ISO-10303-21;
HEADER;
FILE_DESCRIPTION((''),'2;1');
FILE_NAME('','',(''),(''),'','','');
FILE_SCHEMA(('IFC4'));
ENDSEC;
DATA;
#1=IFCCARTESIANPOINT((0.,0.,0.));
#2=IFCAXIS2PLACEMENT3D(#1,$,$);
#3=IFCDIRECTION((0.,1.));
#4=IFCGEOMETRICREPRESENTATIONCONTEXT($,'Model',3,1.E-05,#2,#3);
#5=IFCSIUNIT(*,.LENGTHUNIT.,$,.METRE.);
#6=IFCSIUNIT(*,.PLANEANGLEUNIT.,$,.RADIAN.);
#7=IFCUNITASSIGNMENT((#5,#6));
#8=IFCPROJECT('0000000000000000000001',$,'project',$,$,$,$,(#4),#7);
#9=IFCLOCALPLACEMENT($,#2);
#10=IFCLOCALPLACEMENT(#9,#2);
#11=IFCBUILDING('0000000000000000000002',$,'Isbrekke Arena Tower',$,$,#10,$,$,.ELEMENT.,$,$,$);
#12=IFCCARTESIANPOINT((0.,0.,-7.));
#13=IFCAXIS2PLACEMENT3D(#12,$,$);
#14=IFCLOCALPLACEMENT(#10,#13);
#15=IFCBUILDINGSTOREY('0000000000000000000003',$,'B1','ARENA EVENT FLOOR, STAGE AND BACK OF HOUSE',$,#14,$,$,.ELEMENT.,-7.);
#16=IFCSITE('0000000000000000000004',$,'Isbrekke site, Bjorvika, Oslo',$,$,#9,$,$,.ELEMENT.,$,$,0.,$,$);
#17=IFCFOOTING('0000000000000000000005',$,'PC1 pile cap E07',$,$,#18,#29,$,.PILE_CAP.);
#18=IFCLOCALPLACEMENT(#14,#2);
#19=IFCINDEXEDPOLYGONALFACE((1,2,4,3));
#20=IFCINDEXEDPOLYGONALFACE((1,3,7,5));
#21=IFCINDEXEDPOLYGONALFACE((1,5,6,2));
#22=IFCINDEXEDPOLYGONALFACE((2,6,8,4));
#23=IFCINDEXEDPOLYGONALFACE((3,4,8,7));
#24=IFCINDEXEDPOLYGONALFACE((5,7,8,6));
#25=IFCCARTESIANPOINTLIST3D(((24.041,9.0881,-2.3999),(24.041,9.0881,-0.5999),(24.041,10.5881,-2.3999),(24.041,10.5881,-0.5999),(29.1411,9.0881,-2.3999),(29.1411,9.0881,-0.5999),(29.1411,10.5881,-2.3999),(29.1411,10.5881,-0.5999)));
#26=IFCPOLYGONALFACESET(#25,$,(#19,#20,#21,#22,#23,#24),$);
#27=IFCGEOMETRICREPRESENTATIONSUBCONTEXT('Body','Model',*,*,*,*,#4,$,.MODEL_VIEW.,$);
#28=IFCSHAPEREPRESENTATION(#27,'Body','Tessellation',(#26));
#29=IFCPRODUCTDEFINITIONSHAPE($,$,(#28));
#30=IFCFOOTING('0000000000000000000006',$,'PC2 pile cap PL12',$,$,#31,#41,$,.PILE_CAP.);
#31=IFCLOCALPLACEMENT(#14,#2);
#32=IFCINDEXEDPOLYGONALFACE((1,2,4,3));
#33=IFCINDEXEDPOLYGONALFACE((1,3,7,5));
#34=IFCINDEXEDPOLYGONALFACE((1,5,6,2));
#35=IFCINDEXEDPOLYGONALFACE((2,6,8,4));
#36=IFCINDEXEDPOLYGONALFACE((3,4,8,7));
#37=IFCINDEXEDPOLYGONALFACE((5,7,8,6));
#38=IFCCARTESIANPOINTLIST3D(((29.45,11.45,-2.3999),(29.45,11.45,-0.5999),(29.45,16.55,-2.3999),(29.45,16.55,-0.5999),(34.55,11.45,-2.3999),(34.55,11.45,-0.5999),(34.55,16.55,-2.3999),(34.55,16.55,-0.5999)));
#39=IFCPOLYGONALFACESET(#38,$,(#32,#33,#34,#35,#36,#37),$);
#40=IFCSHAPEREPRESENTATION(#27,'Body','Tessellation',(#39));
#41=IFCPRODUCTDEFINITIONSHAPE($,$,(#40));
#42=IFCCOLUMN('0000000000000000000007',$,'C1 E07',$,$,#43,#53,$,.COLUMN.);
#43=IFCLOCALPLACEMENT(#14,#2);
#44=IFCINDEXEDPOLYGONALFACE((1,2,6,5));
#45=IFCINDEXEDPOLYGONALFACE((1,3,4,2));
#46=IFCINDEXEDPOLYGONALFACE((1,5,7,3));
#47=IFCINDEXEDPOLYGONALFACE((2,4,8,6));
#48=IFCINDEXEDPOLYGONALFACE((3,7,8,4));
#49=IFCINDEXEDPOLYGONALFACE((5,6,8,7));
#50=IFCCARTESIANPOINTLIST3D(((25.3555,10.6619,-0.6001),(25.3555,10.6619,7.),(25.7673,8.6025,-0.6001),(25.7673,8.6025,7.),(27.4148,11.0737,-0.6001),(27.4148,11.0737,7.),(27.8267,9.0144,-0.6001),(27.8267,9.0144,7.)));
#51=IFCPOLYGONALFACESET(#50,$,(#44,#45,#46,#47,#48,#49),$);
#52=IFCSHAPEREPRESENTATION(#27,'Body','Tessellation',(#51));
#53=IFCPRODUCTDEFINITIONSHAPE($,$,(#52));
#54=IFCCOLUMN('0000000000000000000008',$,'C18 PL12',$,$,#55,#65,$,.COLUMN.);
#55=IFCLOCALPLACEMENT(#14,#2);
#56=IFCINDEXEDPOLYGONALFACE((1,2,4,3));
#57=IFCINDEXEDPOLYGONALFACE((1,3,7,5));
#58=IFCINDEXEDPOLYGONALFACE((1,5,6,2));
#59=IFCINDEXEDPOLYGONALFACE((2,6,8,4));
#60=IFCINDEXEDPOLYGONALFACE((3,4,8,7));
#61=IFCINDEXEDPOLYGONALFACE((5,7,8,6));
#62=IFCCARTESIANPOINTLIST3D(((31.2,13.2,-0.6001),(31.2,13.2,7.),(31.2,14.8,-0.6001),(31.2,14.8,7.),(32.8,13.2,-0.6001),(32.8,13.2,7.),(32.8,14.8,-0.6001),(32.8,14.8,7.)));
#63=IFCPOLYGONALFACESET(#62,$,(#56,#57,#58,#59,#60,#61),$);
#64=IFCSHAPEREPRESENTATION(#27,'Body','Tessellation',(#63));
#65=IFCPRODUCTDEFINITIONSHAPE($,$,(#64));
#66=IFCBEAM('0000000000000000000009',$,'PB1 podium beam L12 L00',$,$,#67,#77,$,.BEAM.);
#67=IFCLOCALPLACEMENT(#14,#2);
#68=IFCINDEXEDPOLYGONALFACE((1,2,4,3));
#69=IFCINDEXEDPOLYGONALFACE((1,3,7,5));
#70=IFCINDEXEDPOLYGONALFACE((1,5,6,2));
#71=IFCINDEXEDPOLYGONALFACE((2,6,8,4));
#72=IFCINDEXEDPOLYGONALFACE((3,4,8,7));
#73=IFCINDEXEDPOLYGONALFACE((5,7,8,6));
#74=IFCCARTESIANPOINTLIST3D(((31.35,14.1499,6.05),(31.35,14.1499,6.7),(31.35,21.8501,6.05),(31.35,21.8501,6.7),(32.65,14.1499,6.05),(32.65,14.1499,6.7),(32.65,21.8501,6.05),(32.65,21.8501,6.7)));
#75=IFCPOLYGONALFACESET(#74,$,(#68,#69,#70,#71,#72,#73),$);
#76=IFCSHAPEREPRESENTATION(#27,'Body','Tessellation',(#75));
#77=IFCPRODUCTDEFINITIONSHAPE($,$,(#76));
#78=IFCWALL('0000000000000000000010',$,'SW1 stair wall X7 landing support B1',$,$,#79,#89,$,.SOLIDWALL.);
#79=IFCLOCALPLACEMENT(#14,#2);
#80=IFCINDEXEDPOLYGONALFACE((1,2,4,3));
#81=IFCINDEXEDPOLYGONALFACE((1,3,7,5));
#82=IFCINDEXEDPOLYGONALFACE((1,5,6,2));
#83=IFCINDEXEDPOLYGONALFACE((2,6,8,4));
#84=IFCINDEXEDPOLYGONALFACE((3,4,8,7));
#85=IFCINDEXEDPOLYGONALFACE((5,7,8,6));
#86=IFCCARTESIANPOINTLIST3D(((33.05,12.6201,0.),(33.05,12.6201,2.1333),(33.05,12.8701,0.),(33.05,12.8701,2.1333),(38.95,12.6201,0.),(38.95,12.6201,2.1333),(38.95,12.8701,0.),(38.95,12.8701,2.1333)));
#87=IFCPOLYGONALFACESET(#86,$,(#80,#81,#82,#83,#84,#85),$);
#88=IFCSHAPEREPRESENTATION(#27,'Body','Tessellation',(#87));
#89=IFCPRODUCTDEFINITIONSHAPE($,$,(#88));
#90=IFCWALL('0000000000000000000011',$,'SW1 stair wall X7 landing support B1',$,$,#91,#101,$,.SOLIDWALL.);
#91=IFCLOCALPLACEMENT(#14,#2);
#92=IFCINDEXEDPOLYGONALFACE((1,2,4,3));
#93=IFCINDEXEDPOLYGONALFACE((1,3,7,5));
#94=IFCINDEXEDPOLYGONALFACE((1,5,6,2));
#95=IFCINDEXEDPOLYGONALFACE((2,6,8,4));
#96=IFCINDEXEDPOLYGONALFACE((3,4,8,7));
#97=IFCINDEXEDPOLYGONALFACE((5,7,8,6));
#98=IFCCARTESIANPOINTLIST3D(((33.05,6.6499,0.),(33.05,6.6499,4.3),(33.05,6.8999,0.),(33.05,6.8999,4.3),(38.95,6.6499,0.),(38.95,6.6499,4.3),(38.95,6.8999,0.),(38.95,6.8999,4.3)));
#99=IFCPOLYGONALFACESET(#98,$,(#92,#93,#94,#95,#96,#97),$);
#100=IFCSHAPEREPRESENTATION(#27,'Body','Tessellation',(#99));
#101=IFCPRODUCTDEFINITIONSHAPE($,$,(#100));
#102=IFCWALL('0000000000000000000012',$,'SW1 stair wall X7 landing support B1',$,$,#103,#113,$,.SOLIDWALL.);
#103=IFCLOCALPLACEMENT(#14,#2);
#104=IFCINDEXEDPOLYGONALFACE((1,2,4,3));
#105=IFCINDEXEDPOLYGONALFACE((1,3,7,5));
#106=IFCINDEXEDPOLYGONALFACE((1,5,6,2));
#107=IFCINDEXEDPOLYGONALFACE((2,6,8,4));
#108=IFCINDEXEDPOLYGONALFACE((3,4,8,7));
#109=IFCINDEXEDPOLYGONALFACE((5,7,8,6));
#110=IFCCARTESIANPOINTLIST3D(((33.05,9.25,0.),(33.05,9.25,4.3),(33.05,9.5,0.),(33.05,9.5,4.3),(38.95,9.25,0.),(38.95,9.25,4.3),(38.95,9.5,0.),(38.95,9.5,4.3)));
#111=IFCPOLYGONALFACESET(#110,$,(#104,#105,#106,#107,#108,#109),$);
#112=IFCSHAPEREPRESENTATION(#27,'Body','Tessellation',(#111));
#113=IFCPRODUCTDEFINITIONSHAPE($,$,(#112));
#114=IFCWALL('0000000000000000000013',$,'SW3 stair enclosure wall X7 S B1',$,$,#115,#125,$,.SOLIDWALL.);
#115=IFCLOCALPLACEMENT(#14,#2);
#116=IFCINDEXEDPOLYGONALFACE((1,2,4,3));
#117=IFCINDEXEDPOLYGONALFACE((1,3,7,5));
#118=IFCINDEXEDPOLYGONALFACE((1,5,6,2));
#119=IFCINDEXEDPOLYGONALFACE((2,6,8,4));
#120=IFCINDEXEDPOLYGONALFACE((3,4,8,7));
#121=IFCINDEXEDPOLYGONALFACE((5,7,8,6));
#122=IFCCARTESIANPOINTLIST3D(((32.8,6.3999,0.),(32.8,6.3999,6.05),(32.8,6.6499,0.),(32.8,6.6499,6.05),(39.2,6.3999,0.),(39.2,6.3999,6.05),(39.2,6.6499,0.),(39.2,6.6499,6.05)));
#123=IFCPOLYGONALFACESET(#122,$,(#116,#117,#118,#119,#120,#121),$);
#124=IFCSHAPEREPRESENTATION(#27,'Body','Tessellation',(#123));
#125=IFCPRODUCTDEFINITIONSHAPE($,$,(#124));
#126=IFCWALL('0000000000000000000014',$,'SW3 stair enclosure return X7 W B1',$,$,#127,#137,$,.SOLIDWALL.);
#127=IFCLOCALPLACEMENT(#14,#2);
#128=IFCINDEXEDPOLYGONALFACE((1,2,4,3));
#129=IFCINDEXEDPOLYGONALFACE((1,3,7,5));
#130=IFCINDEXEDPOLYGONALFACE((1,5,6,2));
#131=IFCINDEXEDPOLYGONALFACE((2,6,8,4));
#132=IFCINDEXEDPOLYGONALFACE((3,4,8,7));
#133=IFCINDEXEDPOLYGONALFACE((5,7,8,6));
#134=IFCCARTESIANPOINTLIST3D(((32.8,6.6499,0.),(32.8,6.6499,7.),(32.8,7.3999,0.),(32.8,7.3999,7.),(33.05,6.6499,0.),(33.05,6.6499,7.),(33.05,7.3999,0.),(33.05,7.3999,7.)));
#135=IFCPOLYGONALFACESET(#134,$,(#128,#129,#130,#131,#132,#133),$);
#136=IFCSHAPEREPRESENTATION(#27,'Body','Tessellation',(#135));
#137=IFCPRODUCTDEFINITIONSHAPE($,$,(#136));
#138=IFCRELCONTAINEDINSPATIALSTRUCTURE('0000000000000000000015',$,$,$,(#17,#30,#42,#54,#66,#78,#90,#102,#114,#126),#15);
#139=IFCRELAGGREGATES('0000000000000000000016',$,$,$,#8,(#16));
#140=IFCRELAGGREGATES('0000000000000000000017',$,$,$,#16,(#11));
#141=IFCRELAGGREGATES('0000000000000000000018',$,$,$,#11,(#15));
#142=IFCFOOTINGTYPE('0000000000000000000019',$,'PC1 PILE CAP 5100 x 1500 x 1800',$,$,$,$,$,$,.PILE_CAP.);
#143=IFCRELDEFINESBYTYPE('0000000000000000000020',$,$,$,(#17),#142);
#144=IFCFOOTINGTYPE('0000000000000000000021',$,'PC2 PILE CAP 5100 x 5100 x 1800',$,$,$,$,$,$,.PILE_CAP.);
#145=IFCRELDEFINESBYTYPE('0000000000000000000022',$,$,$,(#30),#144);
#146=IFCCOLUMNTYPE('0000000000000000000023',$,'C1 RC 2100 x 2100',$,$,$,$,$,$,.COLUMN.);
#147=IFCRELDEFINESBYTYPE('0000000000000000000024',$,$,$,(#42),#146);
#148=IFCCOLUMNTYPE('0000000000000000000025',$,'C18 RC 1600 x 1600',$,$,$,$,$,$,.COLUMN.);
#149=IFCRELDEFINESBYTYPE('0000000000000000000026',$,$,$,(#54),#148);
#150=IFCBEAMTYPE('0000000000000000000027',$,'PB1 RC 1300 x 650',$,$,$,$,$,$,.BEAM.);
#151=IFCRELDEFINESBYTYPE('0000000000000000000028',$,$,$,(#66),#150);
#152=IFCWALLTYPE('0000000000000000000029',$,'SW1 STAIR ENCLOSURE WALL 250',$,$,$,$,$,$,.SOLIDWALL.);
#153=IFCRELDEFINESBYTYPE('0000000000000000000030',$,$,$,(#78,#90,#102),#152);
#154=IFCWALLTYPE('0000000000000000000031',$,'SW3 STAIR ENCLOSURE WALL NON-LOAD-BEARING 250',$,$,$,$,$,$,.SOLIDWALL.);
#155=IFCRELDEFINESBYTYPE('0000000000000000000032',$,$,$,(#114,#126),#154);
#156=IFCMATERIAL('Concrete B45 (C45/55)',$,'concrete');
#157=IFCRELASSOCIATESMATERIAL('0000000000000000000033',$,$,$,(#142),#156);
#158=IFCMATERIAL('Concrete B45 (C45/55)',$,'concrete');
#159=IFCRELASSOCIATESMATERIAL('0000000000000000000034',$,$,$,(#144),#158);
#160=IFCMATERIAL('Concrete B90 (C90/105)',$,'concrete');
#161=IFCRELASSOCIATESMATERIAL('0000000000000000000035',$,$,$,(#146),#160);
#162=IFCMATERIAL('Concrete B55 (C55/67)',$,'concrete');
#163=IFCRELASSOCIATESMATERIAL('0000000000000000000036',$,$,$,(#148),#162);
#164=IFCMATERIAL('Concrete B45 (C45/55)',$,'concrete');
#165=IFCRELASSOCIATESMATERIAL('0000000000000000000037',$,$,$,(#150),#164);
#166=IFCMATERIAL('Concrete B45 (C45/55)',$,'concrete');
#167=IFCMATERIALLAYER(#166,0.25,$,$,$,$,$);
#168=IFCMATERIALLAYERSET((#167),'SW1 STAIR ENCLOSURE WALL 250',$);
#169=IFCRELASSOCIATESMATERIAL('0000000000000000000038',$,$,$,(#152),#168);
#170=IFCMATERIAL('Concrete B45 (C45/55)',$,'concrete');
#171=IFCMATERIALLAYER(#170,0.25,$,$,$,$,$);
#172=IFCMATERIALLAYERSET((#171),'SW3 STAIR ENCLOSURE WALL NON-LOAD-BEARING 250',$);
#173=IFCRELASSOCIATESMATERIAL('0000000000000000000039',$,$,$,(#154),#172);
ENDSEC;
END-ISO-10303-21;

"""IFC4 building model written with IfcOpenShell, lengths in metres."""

from ifc_helpers import new_model, si_unit, direction, frame, frame_2d, origin, origin_2d, place, context, subcontext, project, spatial, rectangle, extrude, material, layer, layer_set, material_profile, profile_set, type_object, element, save


model = new_model("IFC4")

# Units and contexts
model_context = context("Model", 3, precision=1e-05, world=origin(), true_north=direction((0.0, 1.0)))
body_context = subcontext(model_context, "Body", "Model", "MODEL_VIEW")
ifc_project = project(units=[si_unit("LENGTHUNIT", "METRE"), si_unit("PLANEANGLEUNIT", "RADIAN")], contexts=[model_context])

# Site, building, storey
site_placement = place(None, origin())
site = spatial("IfcSite", under=ifc_project, at=site_placement, Name="Isbrekke site, Bjorvika, Oslo", CompositionType="ELEMENT", RefElevation=0.0)
building_placement = place(site_placement, origin())
building = spatial("IfcBuilding", under=site, at=building_placement, Name="Isbrekke Arena Tower", CompositionType="ELEMENT")
storey_placement = place(building_placement, frame((0.0, 0.0, -7.0)))
storey = spatial("IfcBuildingStorey", under=building, at=storey_placement, Name="B1", Description="ARENA EVENT FLOOR, STAGE AND BACK OF HOUSE", CompositionType="ELEMENT", Elevation=-7.0)

# Footings
ifc_material_1 = material(Name="Concrete B45 (C45/55)", Category="concrete")
footing_type_1 = type_object("IfcFootingType", Name="PC1 PILE CAP 5100 x 1500 x 1800", PredefinedType="PILE_CAP", material=ifc_material_1)
footing_1_placement = place(storey_placement, frame((26.5911, 9.8381, -2.3999), z_axis=(0.0, 0.0, 1.0), x_axis=(1.0, 0.0, 0.0)))
element("IfcFooting", 1, at=footing_1_placement, inside=storey, type_object=footing_type_1, Name="PC1 pile cap E07", PredefinedType="PILE_CAP", context=body_context, shape_type="SweptSolid", body=[
    extrude(rectangle(XDim=5.1001, YDim=1.5, at=origin_2d()), origin(), (0.0, 0.0, 1.0), 1.8),
])
ifc_material_2 = material(Name="Concrete B45 (C45/55)", Category="concrete")
footing_type_2 = type_object("IfcFootingType", Name="PC2 PILE CAP 5100 x 5100 x 1800", PredefinedType="PILE_CAP", material=ifc_material_2)
footing_2_placement = place(storey_placement, frame((32.0, 14.0, -2.3999), z_axis=(0.0, 0.0, 1.0), x_axis=(1.0, 0.0, 0.0)))
element("IfcFooting", 2, at=footing_2_placement, inside=storey, type_object=footing_type_2, Name="PC2 pile cap PL12", PredefinedType="PILE_CAP", context=body_context, shape_type="SweptSolid", body=[
    extrude(rectangle(XDim=5.1001, YDim=5.1001, at=origin_2d()), origin(), (0.0, 0.0, 1.0), 1.8),
])

# Columns
ifc_material_3 = material(Name="Concrete B90 (C90/105)", Category="concrete")
ifc_material_profile_1 = material_profile(ifc_material_3, rectangle(XDim=2.1001, YDim=2.1001, at=origin_2d()), Name="RC 2100x2100")
ifc_profile_set_1 = profile_set([ifc_material_profile_1], Name="Concrete B90 (C90/105)")
column_type_1 = type_object("IfcColumnType", Name="C1 RC 2100 x 2100", PredefinedType="COLUMN", material=ifc_profile_set_1)
column_1_placement = place(storey_placement, frame((26.5911, 9.8381, -0.6001), z_axis=(0.0, 0.0, 1.0), x_axis=(-0.196116, 0.980581, 0.0)))
element("IfcColumn", 3, at=column_1_placement, inside=storey, type_object=column_type_1, Name="C1 E07", PredefinedType="COLUMN", context=body_context, shape_type="SweptSolid", body=[
    extrude(rectangle(XDim=2.1001, YDim=2.1001, at=origin_2d()), origin(), (0.0, 0.0, 1.0), 7.6001),
])
ifc_material_4 = material(Name="Concrete B55 (C55/67)", Category="concrete")
ifc_material_profile_2 = material_profile(ifc_material_4, rectangle(XDim=1.6001, YDim=1.6001, at=origin_2d()), Name="RC 1600x1600")
ifc_profile_set_2 = profile_set([ifc_material_profile_2], Name="Concrete B55 (C55/67)")
column_type_2 = type_object("IfcColumnType", Name="C18 RC 1600 x 1600", PredefinedType="COLUMN", material=ifc_profile_set_2)
column_2_placement = place(storey_placement, frame((32.0, 14.0, -0.6001), z_axis=(0.0, 0.0, 1.0), x_axis=(1.0, 0.0, 0.0)))
element("IfcColumn", 4, at=column_2_placement, inside=storey, type_object=column_type_2, Name="C18 PL12", PredefinedType="COLUMN", context=body_context, shape_type="SweptSolid", body=[
    extrude(rectangle(XDim=1.6001, YDim=1.6001, at=origin_2d()), origin(), (0.0, 0.0, 1.0), 7.6001),
])

# Beam
ifc_material_5 = material(Name="Concrete B45 (C45/55)", Category="concrete")
ifc_material_profile_3 = material_profile(ifc_material_5, rectangle(XDim=1.3, YDim=0.6499, at=origin_2d()), Name="RC 1300x650")
ifc_profile_set_3 = profile_set([ifc_material_profile_3], Name="Concrete B45 (C45/55)")
beam_type = type_object("IfcBeamType", Name="PB1 RC 1300 x 650", PredefinedType="BEAM", material=ifc_profile_set_3)
beam_placement = place(storey_placement, frame((32.0, 14.1499, 6.375), z_axis=(0.0, 1.0, 0.0), x_axis=(-1.0, 0.0, 0.0)))
element("IfcBeam", 5, at=beam_placement, inside=storey, type_object=beam_type, Name="PB1 podium beam L12 L00", PredefinedType="BEAM", context=body_context, shape_type="SweptSolid", body=[
    extrude(rectangle(XDim=1.3, YDim=0.6499, at=origin_2d()), origin(), (0.0, 0.0, 1.0), 7.7002),
])

# Walls
ifc_material_6 = material(Name="Concrete B45 (C45/55)", Category="concrete")
ifc_layer_1 = layer(ifc_material_6, 0.25)
ifc_layer_set_1 = layer_set([ifc_layer_1], Name="SW1 STAIR ENCLOSURE WALL 250")
wall_type_1 = type_object("IfcWallType", Name="SW1 STAIR ENCLOSURE WALL 250", PredefinedType="SOLIDWALL", material=ifc_layer_set_1)
wall_1_placement = place(storey_placement, frame((33.05, 12.7451, 0.0), z_axis=(0.0, 0.0, 1.0), x_axis=(1.0, 0.0, 0.0)))
element("IfcWall", 6, at=wall_1_placement, inside=storey, type_object=wall_type_1, Name="SW1 stair wall X7 landing support B1", PredefinedType="SOLIDWALL", context=body_context, shape_type="SweptSolid", body=[
    extrude(rectangle(XDim=5.8999, YDim=0.25, at=frame_2d((2.95, 0.0))), origin(), (0.0, 0.0, 1.0), 2.1333),
])
for number, where, z_axis, x_axis, name in (
    (7, (33.05, 6.7749, 0.0), (0.0, 0.0, 1.0), (1.0, 0.0, 0.0), "SW1 stair wall X7 landing support B1"),
    (8, (33.05, 9.375, 0.0), (0.0, 0.0, 1.0), (1.0, 0.0, 0.0), "SW1 stair wall X7 landing support B1"),
):
    element("IfcWall", number, at=place(storey_placement, frame(where, z_axis=z_axis, x_axis=x_axis)), inside=storey, type_object=wall_type_1, Name=name, PredefinedType="SOLIDWALL", context=body_context, shape_type="SweptSolid", body=[
        extrude(rectangle(XDim=5.8999, YDim=0.25, at=frame_2d((2.95, 0.0))), origin(), (0.0, 0.0, 1.0), 4.3),
    ])
ifc_material_7 = material(Name="Concrete B45 (C45/55)", Category="concrete")
ifc_layer_2 = layer(ifc_material_7, 0.25)
ifc_layer_set_2 = layer_set([ifc_layer_2], Name="SW3 STAIR ENCLOSURE WALL NON-LOAD-BEARING 250")
wall_type_2 = type_object("IfcWallType", Name="SW3 STAIR ENCLOSURE WALL NON-LOAD-BEARING 250", PredefinedType="SOLIDWALL", material=ifc_layer_set_2)
wall_2_placement = place(storey_placement, frame((32.8, 6.5249, 0.0), z_axis=(0.0, 0.0, 1.0), x_axis=(1.0, 0.0, 0.0)))
element("IfcWall", 9, at=wall_2_placement, inside=storey, type_object=wall_type_2, Name="SW3 stair enclosure wall X7 S B1", PredefinedType="SOLIDWALL", context=body_context, shape_type="SweptSolid", body=[
    extrude(rectangle(XDim=6.3999, YDim=0.25, at=frame_2d((3.2, 0.0))), origin(), (0.0, 0.0, 1.0), 6.05),
])
wall_3_placement = place(storey_placement, frame((32.925, 7.3999, 0.0), z_axis=(0.0, 0.0, 1.0), x_axis=(0.0, -1.0, 0.0)))
element("IfcWall", 10, at=wall_3_placement, inside=storey, type_object=wall_type_2, Name="SW3 stair enclosure return X7 W B1", PredefinedType="SOLIDWALL", context=body_context, shape_type="SweptSolid", body=[
    extrude(rectangle(XDim=0.75, YDim=0.25, at=frame_2d((0.375, 0.0))), origin(), (0.0, 0.0, 1.0), 7.0),
])

save(model, "model.ifc")
